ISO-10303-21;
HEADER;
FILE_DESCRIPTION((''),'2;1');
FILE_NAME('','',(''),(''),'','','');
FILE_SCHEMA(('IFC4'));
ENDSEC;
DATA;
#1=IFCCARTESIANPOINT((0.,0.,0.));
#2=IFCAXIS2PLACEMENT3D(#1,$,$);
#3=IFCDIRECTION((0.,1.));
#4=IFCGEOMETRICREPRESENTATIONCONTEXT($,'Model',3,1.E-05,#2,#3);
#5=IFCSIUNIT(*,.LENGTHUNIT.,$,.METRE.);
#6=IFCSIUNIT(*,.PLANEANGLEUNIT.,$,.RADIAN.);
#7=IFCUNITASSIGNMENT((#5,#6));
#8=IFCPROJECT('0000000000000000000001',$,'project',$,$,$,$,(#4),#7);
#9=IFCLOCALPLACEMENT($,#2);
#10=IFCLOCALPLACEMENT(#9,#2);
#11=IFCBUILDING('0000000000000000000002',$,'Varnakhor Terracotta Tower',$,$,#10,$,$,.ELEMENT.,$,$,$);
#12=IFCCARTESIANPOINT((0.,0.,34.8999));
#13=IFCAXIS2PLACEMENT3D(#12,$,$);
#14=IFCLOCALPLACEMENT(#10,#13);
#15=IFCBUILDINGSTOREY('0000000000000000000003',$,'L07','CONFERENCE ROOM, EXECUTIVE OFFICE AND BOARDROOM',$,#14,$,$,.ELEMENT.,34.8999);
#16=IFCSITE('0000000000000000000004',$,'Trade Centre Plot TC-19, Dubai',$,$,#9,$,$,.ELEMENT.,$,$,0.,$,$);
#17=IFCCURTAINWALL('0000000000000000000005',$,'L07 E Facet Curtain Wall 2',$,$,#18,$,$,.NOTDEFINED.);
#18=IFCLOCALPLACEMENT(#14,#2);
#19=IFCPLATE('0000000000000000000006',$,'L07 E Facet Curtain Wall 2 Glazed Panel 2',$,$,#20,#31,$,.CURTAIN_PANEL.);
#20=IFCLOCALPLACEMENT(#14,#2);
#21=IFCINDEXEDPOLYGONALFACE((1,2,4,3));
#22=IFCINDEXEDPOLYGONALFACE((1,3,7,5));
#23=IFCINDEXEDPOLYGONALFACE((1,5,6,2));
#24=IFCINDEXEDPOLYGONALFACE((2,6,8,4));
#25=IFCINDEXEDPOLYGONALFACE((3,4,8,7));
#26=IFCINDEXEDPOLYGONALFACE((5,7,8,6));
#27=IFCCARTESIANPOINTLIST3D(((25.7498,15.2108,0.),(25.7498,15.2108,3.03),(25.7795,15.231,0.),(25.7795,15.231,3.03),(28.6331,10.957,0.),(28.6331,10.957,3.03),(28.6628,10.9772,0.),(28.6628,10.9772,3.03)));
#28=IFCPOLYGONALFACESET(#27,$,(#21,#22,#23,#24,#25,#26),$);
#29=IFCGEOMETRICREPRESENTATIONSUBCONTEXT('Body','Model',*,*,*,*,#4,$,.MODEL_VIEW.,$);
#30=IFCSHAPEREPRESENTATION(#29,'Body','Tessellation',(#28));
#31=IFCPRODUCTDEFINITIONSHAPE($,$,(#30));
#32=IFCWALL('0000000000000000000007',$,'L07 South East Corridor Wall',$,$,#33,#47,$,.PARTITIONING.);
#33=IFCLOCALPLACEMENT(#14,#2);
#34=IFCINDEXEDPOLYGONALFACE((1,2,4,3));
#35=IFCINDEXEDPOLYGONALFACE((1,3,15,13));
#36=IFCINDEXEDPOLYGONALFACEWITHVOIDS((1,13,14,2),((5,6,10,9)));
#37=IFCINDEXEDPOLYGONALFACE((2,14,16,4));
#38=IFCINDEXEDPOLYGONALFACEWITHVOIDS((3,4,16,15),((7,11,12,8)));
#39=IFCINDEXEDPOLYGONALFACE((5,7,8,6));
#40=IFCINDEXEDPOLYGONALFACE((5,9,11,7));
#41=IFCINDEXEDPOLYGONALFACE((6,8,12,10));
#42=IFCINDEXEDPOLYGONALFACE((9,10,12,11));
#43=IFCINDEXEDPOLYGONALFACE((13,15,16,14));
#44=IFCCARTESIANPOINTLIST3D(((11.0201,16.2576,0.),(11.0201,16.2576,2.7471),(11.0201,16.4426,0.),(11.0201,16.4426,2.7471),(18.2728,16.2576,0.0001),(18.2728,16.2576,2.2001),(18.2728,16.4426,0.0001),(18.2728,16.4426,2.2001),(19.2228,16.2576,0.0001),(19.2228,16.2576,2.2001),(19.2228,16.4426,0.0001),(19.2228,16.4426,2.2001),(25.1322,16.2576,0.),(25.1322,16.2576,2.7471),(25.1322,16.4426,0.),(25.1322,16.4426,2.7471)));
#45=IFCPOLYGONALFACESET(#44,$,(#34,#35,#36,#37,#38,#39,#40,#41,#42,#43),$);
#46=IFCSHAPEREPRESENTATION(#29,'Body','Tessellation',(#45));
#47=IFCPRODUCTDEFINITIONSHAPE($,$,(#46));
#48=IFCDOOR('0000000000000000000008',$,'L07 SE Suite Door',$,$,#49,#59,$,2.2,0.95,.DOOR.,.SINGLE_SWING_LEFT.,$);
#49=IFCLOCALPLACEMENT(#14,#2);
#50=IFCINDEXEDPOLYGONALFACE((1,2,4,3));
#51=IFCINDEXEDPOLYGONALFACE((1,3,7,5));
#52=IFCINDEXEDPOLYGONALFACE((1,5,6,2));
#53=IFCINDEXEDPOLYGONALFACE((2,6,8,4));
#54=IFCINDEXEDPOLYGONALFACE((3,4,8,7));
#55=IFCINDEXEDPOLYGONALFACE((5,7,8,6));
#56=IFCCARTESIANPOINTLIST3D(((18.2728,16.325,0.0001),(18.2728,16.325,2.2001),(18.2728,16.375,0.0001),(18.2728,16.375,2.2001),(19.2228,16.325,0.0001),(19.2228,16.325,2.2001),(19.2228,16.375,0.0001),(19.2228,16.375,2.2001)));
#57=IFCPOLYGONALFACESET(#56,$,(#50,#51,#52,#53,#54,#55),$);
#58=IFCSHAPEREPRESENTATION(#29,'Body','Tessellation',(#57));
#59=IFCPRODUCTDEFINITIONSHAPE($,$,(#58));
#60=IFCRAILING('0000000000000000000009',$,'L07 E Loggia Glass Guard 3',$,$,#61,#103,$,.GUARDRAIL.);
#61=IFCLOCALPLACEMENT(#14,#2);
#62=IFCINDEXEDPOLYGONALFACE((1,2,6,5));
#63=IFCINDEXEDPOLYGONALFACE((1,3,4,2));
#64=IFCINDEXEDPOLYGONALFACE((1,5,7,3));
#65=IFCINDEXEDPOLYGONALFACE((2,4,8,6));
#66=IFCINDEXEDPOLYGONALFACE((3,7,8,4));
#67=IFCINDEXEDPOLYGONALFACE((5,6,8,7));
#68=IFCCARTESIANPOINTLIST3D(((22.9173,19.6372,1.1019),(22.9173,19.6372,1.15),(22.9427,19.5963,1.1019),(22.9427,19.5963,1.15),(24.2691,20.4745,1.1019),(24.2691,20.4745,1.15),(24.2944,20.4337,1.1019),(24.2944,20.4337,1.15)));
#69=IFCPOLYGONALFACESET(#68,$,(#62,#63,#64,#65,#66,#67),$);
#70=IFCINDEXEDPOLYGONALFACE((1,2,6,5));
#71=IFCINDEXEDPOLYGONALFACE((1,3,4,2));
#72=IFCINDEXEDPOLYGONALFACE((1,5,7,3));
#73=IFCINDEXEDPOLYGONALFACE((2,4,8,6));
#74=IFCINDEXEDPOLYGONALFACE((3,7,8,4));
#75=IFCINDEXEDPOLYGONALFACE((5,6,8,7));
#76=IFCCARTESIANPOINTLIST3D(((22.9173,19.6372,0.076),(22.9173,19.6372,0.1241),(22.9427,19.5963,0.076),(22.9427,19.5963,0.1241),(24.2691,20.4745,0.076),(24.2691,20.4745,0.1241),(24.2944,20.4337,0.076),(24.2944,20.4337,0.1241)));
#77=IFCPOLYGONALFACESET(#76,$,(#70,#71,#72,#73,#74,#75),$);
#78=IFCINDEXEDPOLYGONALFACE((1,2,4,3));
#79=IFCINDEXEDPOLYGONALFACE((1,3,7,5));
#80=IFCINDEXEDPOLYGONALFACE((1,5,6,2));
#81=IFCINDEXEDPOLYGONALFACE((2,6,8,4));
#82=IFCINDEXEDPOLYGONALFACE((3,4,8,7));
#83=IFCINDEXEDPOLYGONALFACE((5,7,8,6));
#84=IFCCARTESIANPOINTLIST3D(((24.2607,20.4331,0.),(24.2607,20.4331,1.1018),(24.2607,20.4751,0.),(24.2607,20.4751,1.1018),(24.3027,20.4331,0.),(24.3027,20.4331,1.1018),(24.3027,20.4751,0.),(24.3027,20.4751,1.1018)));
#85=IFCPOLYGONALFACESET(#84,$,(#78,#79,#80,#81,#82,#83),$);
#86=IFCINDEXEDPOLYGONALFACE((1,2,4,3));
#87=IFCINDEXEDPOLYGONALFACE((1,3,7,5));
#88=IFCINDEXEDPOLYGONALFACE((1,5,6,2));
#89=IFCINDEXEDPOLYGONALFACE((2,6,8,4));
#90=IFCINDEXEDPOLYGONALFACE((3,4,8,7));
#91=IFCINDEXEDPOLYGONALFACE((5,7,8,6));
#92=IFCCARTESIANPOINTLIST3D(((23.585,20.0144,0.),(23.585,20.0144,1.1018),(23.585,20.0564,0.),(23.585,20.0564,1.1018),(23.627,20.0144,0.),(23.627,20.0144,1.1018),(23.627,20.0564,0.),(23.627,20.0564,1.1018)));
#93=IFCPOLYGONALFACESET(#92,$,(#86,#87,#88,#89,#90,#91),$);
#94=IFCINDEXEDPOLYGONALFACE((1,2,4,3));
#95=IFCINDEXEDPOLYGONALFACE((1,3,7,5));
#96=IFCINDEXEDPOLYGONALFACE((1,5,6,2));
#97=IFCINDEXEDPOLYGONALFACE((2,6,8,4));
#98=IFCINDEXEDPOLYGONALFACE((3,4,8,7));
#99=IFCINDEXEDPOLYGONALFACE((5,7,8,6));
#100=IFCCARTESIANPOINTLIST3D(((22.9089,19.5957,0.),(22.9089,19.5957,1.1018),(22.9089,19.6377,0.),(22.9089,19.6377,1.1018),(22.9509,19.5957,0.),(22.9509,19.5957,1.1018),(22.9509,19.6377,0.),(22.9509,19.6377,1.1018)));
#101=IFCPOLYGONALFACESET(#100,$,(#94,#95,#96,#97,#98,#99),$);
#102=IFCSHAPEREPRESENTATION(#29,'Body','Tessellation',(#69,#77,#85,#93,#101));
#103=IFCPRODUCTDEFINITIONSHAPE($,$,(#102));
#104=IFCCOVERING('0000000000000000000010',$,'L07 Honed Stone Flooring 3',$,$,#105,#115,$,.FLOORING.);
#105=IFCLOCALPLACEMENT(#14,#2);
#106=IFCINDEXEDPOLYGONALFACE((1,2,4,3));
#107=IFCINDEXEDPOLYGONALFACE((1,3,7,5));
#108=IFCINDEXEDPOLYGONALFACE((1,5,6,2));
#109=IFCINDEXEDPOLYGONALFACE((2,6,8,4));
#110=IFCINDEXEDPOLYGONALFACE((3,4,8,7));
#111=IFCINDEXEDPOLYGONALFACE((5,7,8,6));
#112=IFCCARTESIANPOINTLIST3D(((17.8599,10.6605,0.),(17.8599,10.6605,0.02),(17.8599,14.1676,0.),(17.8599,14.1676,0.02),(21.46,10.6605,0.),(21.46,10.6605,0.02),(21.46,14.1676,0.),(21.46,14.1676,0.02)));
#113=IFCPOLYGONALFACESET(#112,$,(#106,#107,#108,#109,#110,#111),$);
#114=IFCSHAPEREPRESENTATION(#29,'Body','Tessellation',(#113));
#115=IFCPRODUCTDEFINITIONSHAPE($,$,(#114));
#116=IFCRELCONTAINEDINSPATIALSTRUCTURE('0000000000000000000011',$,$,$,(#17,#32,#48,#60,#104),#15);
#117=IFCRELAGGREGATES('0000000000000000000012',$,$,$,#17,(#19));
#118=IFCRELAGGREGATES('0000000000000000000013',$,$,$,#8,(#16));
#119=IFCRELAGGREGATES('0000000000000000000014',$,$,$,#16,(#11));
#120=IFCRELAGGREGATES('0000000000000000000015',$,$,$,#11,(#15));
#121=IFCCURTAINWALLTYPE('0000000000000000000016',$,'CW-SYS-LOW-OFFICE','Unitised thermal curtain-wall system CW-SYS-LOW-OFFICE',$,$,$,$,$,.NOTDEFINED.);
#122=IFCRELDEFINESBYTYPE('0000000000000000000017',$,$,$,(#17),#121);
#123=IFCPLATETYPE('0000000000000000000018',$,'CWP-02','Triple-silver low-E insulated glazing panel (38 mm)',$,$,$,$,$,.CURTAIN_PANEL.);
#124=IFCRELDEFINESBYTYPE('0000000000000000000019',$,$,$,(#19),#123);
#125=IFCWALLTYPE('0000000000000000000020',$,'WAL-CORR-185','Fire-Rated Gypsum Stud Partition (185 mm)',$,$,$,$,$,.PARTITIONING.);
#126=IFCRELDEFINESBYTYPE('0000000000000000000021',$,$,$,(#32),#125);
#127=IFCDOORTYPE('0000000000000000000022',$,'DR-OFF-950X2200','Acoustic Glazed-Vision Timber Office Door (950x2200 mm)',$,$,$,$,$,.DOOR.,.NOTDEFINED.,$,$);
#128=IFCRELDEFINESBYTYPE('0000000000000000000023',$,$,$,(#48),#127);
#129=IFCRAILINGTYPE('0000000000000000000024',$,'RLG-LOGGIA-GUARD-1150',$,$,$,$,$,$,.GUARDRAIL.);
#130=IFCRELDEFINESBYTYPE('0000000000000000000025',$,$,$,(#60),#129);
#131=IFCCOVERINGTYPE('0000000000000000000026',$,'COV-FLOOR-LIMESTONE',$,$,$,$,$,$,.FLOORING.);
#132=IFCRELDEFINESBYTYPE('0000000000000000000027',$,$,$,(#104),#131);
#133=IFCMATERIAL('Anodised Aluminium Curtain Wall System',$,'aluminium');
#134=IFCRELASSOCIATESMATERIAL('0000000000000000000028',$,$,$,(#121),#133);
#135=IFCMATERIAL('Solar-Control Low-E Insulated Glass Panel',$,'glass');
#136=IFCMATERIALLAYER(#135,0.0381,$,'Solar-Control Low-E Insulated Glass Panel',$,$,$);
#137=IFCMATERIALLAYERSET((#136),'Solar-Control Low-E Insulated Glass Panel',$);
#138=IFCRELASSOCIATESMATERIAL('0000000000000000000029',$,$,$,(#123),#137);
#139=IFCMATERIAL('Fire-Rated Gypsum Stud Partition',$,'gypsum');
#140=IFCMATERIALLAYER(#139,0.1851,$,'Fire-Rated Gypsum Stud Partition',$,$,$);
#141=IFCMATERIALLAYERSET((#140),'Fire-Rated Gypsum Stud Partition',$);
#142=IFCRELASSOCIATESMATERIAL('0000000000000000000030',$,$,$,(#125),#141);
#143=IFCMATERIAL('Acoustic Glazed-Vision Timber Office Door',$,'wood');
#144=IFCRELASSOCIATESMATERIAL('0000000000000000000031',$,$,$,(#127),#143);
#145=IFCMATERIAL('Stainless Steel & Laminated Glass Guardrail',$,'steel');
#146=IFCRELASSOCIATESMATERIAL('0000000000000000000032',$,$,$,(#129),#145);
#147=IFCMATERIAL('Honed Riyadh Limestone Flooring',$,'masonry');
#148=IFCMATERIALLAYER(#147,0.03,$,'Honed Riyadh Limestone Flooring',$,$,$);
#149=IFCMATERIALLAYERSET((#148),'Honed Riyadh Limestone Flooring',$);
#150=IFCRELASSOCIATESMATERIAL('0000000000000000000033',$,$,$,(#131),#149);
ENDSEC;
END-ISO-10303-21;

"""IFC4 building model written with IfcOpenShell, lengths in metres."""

from ifc_helpers import new_model, si_unit, direction, frame, frame_2d, origin, origin_2d, place, context, subcontext, project, spatial, rectangle, extrude, source, transform, mapped, material, layer, layer_set, type_object, type_shapes, element, fill, aggregate, save


model = new_model("IFC4")

# Units and contexts
model_context = context("Model", 3, precision=1e-05, world=origin(), true_north=direction((0.0, 1.0)))
body_context = subcontext(model_context, "Body", "Model", "MODEL_VIEW")
ifc_project = project(units=[si_unit("LENGTHUNIT", "METRE"), si_unit("PLANEANGLEUNIT", "RADIAN")], contexts=[model_context])

# Site, building, storey
site_placement = place(None, origin())
site = spatial("IfcSite", under=ifc_project, at=site_placement, Name="Trade Centre Plot TC-19, Dubai", CompositionType="ELEMENT", RefElevation=0.0)
building_placement = place(site_placement, origin())
building = spatial("IfcBuilding", under=site, at=building_placement, Name="Varnakhor Terracotta Tower", CompositionType="ELEMENT")
storey_placement = place(building_placement, frame((0.0, 0.0, 34.8999)))
storey = spatial("IfcBuildingStorey", under=building, at=storey_placement, Name="L07", Description="CONFERENCE ROOM, EXECUTIVE OFFICE AND BOARDROOM", CompositionType="ELEMENT", Elevation=34.8999)

# Curtain wall
ifc_material_1 = material(Name="Anodised Aluminium Curtain Wall System", Category="aluminium")
curtain_wall_type = type_object("IfcCurtainWallType", Name="CW-SYS-LOW-OFFICE", Description="Unitised thermal curtain-wall system CW-SYS-LOW-OFFICE", PredefinedType="NOTDEFINED", material=ifc_material_1)
curtain_wall_placement = place(storey_placement, origin())
curtain_wall = element("IfcCurtainWall", 1, at=curtain_wall_placement, inside=storey, type_object=curtain_wall_type, Name="L07 E Facet Curtain Wall 2", PredefinedType="NOTDEFINED")

# Plate
ifc_material_2 = material(Name="Solar-Control Low-E Insulated Glass Panel", Category="glass")
ifc_layer_1 = layer(ifc_material_2, 0.0381, Name="Solar-Control Low-E Insulated Glass Panel")
ifc_layer_set_1 = layer_set([ifc_layer_1], Name="Solar-Control Low-E Insulated Glass Panel")
plate_type = type_object("IfcPlateType", Name="CWP-02", Description="Triple-silver low-E insulated glazing panel (38 mm)", PredefinedType="CURTAIN_PANEL", material=ifc_layer_set_1)
shared_shape_1 = source(origin(), body_context, "Body", "SweptSolid", [
    extrude(rectangle(XDim=5.1389, YDim=0.0359, at=origin_2d()), origin(), (0.0, 0.0, 1.0), 3.03),
])
plate_1_placement = place(storey_placement, frame((27.2063, 13.094, 0.0), z_axis=(0.0, 0.0, 1.0), x_axis=(0.561072, -0.827767, 0.0)))
plate_1 = element("IfcPlate", 2, at=plate_1_placement, type_object=plate_type, Name="L07 E Facet Curtain Wall 2 Glazed Panel 2", PredefinedType="CURTAIN_PANEL", context=body_context, shape_type="MappedRepresentation", body=[
    mapped(shared_shape_1, transform((0.0, 0.0, 0.0), scale=1.0)),
])
aggregate(curtain_wall, [plate_1])

# Wall, opening, door
ifc_material_3 = material(Name="Fire-Rated Gypsum Stud Partition", Category="gypsum")
ifc_layer_2 = layer(ifc_material_3, 0.1851, Name="Fire-Rated Gypsum Stud Partition")
ifc_layer_set_2 = layer_set([ifc_layer_2], Name="Fire-Rated Gypsum Stud Partition")
wall_type = type_object("IfcWallType", Name="WAL-CORR-185", Description="Fire-Rated Gypsum Stud Partition (185 mm)", PredefinedType="PARTITIONING", material=ifc_layer_set_2)
wall_placement = place(storey_placement, frame((11.02, 16.3501, 0.0), z_axis=(0.0, 0.0, 1.0), x_axis=(1.0, 0.0, 0.0)))
wall = element("IfcWall", 3, at=wall_placement, inside=storey, type_object=wall_type, Name="L07 South East Corridor Wall", PredefinedType="PARTITIONING", context=body_context, shape_type="SweptSolid", body=[
    extrude(rectangle(XDim=14.1121, YDim=0.1851, at=frame_2d((7.0562, 0.0))), origin(), (0.0, 0.0, 1.0), 2.7471),
])
opening_placement = place(wall_placement, frame((7.2527, 0.0, 0.0)))
opening = element("IfcOpeningElement", 4, at=opening_placement, cuts=wall, PredefinedType="OPENING", context=body_context, shape_type="SweptSolid", body=[
    extrude(rectangle(XDim=0.95, YDim=2.2, at=frame_2d((0.4751, 1.1001))), frame((0.0, 0.1025, 0.0), z_axis=(0.0, -1.0, 0.0), x_axis=(1.0, 0.0, 0.0)), (0.0, 0.0, 1.0), 0.2051),
])
ifc_material_4 = material(Name="Acoustic Glazed-Vision Timber Office Door", Category="wood")
door_type = type_object("IfcDoorType", Name="DR-OFF-950X2200", Description="Acoustic Glazed-Vision Timber Office Door (950x2200 mm)", OperationType="NOTDEFINED", PredefinedType="DOOR", material=ifc_material_4)
shared_shape_2 = source(origin(), body_context, "Body", "SweptSolid", [
    extrude(rectangle(XDim=0.95, YDim=2.2, at=frame_2d((0.4751, 1.1001))), frame((0.0, 0.0249, 0.0), z_axis=(0.0, -1.0, 0.0), x_axis=(1.0, 0.0, 0.0)), (0.0, 0.0, 1.0), 0.05),
])
type_shapes(door_type, [shared_shape_2])
door_placement = place(opening_placement, origin())
door = element("IfcDoor", 5, at=door_placement, inside=storey, type_object=door_type, Name="L07 SE Suite Door", OperationType="SINGLE_SWING_LEFT", OverallHeight=2.2, OverallWidth=0.95, PredefinedType="DOOR", context=body_context, shape_type="MappedRepresentation", body=[
    mapped(shared_shape_2, transform((0.0, 0.0, 0.0), scale=1.0)),
])
fill(opening, door)

# Railing
ifc_material_5 = material(Name="Stainless Steel & Laminated Glass Guardrail", Category="steel")
railing_type = type_object("IfcRailingType", Name="RLG-LOGGIA-GUARD-1150", PredefinedType="GUARDRAIL", material=ifc_material_5)
railing_placement = place(storey_placement, frame((24.2817, 20.4541, 0.0)))
element("IfcRailing", 6, at=railing_placement, inside=storey, type_object=railing_type, Name="L07 E Loggia Glass Guard 3", PredefinedType="GUARDRAIL", context=body_context, shape_type="SweptSolid", body=[
    extrude(rectangle(XDim=0.0481, YDim=0.0481, at=origin_2d()), frame((0.0, 0.0, 1.126), z_axis=(-0.850105, -0.526614, 0.0), x_axis=(0.526614, -0.850105, 0.0)), (0.0, 0.0, 1.0), 1.5901),
    extrude(rectangle(XDim=0.0481, YDim=0.0481, at=origin_2d()), frame((0.0, 0.0, 0.1001), z_axis=(-0.850105, -0.526614, 0.0), x_axis=(0.526614, -0.850105, 0.0)), (0.0, 0.0, 1.0), 1.5901),
    extrude(rectangle(XDim=0.042, YDim=0.042, at=origin_2d()), origin(), (0.0, 0.0, 1.0), 1.1018),
    extrude(rectangle(XDim=0.042, YDim=0.042, at=origin_2d()), frame((-0.6758, -0.4187, 0.0)), (0.0, 0.0, 1.0), 1.1018),
    extrude(rectangle(XDim=0.042, YDim=0.042, at=origin_2d()), frame((-1.3518, -0.8374, 0.0)), (0.0, 0.0, 1.0), 1.1018),
])

# Covering
ifc_material_6 = material(Name="Honed Riyadh Limestone Flooring", Category="masonry")
ifc_layer_3 = layer(ifc_material_6, 0.03, Name="Honed Riyadh Limestone Flooring")
ifc_layer_set_3 = layer_set([ifc_layer_3], Name="Honed Riyadh Limestone Flooring")
covering_type = type_object("IfcCoveringType", Name="COV-FLOOR-LIMESTONE", PredefinedType="FLOORING", material=ifc_layer_set_3)
shared_shape_3 = source(origin(), body_context, "Body", "SweptSolid", [
    extrude(rectangle(XDim=3.6001, YDim=3.5071, at=origin_2d()), origin(), (0.0, 0.0, 1.0), 0.02),
])
covering_placement = place(storey_placement, frame((19.6599, 12.4141, 0.0), z_axis=(0.0, 0.0, 1.0), x_axis=(1.0, 0.0, 0.0)))
element("IfcCovering", 7, at=covering_placement, inside=storey, type_object=covering_type, Name="L07 Honed Stone Flooring 3", PredefinedType="FLOORING", context=body_context, shape_type="MappedRepresentation", body=[
    mapped(shared_shape_3, transform((0.0, 0.0, 0.0), scale=1.0)),
])

save(model, "model.ifc")
